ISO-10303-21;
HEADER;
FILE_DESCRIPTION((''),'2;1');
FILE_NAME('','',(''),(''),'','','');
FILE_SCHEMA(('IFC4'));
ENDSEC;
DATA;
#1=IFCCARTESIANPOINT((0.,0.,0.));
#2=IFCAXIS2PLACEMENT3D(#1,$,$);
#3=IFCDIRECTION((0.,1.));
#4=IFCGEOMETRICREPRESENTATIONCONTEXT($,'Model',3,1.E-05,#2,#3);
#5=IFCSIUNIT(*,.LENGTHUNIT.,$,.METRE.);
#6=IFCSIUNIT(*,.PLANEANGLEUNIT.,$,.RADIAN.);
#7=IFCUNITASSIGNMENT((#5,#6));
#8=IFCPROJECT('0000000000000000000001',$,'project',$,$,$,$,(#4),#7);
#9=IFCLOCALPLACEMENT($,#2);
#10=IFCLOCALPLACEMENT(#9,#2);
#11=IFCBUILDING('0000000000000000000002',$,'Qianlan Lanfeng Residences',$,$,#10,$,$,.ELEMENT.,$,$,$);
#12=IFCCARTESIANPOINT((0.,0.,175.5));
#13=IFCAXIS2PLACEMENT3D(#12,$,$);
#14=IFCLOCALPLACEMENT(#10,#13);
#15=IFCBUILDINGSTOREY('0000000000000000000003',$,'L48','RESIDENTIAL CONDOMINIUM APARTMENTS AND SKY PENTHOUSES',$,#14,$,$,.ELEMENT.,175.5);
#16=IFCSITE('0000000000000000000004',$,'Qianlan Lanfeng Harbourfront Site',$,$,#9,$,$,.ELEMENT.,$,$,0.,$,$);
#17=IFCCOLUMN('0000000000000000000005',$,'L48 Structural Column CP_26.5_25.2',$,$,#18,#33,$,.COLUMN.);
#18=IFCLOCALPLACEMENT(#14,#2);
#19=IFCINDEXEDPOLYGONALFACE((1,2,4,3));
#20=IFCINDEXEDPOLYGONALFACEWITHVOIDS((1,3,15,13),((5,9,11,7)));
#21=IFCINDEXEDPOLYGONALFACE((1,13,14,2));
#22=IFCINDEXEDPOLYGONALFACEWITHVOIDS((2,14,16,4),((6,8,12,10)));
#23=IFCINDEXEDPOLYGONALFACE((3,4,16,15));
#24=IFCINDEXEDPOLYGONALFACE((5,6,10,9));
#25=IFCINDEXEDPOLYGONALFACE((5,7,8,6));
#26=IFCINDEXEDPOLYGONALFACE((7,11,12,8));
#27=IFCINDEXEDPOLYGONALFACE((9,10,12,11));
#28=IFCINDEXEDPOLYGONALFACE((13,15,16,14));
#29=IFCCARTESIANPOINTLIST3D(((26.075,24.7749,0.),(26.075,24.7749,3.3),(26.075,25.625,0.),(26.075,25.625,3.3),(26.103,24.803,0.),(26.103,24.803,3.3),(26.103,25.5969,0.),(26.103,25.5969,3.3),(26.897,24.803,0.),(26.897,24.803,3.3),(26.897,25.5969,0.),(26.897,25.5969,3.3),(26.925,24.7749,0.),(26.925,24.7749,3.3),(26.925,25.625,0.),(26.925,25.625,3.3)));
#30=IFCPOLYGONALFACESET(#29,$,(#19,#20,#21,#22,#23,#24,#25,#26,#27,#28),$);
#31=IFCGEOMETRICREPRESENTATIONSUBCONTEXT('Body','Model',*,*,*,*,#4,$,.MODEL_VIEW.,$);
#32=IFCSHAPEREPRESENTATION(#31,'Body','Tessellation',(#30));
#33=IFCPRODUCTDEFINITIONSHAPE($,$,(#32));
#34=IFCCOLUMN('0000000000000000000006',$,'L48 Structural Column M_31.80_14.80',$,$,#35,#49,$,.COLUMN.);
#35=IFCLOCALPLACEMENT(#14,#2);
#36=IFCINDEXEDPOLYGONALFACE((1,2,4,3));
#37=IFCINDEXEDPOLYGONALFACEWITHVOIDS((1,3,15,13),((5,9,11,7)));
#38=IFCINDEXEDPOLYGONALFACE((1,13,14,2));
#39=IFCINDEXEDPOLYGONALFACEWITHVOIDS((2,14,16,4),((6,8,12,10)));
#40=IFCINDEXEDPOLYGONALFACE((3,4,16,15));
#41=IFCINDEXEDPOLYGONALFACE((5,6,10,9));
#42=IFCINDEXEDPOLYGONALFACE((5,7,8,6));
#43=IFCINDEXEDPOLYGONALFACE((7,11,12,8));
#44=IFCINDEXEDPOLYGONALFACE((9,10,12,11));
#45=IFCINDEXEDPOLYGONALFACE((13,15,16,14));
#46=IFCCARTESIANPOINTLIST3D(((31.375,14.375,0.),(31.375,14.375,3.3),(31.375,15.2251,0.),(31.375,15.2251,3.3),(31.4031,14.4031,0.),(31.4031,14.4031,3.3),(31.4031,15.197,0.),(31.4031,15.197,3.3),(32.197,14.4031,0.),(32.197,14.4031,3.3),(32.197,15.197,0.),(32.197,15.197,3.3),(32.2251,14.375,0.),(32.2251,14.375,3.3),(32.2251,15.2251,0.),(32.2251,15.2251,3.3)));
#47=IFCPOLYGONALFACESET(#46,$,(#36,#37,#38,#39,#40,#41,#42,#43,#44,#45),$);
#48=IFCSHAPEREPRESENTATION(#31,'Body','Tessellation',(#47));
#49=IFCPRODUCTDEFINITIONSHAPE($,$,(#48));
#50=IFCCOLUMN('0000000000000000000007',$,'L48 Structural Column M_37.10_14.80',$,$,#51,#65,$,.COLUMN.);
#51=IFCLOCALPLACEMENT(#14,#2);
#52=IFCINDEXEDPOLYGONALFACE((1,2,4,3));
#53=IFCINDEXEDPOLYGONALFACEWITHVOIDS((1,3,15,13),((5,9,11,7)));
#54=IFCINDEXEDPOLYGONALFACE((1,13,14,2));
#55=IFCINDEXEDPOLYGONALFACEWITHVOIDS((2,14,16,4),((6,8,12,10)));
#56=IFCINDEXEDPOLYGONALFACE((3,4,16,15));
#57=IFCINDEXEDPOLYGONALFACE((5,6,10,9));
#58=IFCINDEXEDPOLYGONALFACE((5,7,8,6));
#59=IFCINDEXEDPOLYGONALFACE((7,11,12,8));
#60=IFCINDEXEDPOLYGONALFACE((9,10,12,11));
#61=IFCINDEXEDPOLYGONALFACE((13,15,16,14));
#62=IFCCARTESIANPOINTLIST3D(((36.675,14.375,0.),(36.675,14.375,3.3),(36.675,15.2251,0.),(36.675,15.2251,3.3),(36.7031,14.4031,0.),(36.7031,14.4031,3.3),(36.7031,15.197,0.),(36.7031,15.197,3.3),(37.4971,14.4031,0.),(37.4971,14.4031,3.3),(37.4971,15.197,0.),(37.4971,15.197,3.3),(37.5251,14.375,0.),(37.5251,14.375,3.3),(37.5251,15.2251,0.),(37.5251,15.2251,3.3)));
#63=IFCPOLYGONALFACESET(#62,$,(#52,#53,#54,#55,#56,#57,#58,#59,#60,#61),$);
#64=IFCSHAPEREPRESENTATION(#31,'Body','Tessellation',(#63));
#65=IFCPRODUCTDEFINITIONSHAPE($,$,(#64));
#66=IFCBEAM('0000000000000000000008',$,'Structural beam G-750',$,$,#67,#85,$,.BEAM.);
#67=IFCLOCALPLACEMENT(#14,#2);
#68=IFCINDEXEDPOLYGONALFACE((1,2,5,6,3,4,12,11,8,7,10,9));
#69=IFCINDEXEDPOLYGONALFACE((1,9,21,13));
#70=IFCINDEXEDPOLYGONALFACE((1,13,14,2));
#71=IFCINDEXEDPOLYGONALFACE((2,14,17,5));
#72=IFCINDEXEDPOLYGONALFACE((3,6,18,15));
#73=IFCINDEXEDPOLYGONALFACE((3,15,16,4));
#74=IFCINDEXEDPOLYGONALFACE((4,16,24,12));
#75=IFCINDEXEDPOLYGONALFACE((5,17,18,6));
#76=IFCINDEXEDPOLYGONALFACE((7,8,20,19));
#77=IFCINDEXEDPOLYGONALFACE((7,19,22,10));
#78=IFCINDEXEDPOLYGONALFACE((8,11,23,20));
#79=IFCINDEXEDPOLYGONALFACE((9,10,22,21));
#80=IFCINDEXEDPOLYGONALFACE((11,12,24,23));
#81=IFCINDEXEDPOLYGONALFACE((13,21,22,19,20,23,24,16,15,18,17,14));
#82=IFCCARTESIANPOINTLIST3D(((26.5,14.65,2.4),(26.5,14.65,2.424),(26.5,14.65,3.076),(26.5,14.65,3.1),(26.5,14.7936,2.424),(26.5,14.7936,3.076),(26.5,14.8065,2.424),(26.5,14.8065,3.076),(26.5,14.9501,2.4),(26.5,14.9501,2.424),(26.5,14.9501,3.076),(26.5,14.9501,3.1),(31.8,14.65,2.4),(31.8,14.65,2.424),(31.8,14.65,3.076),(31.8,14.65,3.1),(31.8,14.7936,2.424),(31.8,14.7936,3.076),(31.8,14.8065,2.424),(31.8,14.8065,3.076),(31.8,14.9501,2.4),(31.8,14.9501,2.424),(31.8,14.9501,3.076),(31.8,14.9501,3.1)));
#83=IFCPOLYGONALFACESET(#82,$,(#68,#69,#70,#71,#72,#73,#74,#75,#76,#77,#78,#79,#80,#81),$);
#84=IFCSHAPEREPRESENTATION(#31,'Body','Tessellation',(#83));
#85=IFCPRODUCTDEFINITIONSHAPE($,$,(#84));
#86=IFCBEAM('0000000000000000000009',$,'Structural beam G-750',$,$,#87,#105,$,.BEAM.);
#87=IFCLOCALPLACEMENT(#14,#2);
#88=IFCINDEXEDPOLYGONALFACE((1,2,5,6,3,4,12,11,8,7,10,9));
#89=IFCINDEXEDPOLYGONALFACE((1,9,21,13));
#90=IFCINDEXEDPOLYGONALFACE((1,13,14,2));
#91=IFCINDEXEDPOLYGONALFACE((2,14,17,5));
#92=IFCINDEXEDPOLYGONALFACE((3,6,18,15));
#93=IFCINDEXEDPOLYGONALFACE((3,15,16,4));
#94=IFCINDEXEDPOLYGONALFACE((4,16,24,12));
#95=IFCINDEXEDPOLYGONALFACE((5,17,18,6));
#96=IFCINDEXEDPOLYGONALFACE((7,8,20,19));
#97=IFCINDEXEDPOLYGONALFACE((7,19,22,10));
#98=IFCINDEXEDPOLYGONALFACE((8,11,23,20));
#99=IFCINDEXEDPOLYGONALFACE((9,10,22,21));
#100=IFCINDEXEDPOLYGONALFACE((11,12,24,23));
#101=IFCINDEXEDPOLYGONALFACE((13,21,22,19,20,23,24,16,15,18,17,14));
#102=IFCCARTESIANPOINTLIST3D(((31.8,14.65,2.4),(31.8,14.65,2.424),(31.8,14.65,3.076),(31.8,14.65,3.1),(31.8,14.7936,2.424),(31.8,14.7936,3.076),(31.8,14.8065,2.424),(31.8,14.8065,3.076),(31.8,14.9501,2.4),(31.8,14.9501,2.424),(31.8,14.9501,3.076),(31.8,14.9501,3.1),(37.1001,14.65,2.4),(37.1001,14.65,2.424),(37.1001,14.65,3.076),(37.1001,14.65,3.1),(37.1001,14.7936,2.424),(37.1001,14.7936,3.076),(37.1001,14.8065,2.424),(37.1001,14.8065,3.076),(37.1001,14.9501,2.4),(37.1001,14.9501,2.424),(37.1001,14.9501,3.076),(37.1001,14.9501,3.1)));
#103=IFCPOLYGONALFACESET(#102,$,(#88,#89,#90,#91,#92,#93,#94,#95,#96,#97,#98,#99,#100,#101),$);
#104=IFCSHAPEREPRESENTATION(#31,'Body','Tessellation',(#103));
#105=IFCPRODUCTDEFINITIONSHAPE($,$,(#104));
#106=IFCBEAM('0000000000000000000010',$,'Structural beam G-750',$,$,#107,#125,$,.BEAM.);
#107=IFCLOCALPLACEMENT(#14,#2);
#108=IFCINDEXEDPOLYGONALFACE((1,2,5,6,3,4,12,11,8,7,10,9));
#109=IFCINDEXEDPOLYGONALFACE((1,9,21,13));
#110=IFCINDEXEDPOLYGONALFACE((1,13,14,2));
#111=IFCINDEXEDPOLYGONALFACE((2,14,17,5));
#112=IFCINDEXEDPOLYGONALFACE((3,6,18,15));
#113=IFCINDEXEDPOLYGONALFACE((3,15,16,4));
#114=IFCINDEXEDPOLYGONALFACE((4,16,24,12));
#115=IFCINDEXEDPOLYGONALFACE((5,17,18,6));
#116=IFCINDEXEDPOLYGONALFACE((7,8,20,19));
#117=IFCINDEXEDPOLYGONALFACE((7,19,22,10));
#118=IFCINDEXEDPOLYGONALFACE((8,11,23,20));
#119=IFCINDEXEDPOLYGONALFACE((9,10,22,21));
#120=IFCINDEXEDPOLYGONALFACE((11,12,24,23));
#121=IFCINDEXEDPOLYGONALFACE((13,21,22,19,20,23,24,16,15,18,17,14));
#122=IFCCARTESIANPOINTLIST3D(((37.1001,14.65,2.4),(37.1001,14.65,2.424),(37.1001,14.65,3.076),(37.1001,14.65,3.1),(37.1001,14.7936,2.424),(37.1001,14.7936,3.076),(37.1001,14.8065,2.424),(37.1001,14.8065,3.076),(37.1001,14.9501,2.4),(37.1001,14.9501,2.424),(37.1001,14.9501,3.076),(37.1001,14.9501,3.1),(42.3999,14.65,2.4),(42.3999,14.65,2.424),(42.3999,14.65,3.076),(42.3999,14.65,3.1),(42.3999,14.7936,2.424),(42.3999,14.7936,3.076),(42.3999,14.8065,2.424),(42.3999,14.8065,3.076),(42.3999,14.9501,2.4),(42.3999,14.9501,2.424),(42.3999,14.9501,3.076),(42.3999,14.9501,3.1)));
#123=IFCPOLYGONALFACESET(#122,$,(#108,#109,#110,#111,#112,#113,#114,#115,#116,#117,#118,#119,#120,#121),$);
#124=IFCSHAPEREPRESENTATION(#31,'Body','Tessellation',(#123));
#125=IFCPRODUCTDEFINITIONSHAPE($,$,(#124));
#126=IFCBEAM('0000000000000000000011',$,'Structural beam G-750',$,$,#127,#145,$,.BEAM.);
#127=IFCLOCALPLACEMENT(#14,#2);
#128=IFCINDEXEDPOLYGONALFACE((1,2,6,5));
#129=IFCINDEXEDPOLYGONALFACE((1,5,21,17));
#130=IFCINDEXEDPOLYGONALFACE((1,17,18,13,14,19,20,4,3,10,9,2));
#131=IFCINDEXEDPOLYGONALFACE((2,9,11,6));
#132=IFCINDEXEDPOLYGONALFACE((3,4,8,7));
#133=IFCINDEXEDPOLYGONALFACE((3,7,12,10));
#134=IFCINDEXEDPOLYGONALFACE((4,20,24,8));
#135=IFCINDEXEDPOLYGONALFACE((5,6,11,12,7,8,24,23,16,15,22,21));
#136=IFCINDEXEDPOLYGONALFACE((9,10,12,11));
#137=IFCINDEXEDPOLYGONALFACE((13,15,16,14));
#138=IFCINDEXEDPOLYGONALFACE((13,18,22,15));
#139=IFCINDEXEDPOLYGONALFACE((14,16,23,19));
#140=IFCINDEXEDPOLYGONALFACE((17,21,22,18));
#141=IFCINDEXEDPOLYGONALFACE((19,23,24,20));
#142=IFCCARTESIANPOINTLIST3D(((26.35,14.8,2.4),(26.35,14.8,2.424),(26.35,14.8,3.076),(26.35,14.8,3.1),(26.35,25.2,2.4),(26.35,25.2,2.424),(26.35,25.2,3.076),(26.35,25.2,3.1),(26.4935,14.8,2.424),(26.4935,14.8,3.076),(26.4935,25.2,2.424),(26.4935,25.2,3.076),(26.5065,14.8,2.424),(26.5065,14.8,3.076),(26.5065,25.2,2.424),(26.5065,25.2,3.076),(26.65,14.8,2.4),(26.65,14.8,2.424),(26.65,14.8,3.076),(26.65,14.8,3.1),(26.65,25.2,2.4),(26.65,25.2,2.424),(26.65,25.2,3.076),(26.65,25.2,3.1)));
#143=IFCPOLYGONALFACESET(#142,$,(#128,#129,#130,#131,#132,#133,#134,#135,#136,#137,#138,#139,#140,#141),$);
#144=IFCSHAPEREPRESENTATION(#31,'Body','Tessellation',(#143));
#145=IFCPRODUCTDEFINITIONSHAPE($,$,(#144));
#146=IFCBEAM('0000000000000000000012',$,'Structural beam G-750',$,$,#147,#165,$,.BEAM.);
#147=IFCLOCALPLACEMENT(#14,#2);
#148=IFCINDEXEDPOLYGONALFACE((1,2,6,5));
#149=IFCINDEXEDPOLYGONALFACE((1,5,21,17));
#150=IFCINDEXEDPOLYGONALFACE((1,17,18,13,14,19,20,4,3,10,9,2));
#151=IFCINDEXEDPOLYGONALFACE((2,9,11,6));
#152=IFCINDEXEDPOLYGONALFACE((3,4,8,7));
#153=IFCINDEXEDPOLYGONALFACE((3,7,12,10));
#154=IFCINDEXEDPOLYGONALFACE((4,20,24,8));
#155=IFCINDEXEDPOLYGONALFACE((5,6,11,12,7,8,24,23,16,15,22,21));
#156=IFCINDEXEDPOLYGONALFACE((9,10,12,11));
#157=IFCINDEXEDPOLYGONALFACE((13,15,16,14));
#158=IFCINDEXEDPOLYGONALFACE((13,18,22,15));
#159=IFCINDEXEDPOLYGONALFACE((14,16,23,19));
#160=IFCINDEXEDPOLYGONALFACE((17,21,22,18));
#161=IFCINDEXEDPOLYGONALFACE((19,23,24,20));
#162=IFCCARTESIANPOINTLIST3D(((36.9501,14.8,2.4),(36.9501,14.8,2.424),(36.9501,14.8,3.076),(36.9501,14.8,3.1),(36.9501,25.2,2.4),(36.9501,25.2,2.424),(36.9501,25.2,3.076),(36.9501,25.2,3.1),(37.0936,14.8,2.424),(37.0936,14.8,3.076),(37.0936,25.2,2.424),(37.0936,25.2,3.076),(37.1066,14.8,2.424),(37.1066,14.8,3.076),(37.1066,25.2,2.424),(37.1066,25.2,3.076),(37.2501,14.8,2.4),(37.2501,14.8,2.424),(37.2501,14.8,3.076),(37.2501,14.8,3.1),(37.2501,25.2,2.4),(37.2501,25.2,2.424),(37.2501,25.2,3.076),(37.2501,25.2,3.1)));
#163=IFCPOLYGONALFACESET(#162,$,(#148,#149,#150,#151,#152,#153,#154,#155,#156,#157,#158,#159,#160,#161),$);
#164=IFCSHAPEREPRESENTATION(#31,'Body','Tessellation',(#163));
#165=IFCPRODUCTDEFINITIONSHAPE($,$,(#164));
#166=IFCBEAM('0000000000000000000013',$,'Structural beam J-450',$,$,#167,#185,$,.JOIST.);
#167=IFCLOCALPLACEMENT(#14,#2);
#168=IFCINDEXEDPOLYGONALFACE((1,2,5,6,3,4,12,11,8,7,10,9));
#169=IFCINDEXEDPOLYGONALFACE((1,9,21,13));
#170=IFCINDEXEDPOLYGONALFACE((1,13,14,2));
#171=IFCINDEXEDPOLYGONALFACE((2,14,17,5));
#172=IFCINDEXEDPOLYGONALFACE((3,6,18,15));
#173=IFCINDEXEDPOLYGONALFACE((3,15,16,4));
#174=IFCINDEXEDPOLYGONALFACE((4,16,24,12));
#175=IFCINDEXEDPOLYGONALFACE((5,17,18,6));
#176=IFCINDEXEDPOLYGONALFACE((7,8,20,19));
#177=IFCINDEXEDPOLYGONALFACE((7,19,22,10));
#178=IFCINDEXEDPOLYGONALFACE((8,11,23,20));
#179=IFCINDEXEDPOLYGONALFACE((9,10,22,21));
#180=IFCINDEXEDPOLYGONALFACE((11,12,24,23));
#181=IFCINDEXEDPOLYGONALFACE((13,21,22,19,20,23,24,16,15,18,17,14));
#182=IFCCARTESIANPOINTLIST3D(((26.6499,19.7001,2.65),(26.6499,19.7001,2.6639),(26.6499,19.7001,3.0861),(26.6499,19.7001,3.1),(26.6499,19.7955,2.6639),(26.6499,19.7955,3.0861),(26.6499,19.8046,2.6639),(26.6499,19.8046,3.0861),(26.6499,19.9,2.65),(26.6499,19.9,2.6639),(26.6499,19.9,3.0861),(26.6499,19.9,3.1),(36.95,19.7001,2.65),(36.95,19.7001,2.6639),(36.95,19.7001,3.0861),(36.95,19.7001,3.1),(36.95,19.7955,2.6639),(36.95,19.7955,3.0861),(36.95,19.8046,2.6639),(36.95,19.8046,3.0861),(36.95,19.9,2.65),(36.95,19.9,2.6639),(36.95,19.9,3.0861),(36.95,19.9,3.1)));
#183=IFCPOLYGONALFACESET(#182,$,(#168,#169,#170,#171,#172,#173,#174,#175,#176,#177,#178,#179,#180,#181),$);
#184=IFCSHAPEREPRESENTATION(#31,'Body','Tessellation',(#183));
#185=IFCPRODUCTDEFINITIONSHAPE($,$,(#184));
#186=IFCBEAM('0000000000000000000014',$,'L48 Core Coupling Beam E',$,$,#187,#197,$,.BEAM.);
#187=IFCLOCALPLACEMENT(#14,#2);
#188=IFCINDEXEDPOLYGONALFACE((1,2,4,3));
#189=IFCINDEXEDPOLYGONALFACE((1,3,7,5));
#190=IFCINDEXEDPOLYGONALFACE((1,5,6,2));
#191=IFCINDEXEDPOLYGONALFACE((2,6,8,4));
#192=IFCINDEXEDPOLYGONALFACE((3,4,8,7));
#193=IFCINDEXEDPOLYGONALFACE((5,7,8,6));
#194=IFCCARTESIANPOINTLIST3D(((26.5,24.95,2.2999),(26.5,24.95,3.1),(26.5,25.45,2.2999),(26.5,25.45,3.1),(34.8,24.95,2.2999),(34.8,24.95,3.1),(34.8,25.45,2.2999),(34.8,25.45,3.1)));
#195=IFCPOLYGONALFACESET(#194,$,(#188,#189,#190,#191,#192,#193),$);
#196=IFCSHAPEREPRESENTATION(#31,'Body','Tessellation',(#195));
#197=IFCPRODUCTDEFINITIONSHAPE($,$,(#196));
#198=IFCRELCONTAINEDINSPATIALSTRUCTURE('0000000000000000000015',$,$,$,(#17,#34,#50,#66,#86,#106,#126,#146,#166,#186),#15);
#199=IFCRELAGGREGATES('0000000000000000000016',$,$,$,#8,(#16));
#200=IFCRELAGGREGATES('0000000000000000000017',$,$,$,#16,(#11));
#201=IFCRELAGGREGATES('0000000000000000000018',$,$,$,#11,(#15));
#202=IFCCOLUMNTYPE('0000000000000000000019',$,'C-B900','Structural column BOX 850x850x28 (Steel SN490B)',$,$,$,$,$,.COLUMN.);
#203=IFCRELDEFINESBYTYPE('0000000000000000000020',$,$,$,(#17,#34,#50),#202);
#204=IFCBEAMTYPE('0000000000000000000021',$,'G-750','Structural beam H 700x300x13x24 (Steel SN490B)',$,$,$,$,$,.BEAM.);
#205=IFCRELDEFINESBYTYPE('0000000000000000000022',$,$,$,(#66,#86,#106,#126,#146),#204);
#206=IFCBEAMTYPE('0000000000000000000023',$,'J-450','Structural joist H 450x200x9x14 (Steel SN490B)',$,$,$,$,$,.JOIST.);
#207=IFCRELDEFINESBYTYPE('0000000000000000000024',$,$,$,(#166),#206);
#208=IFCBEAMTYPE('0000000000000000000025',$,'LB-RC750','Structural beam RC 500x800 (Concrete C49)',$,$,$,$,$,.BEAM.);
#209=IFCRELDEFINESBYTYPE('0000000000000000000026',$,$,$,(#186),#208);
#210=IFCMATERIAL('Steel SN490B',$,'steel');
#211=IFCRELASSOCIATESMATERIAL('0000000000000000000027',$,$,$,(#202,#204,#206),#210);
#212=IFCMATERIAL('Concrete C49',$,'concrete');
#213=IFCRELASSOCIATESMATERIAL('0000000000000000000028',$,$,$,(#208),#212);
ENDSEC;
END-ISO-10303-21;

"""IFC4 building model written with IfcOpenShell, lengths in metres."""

from ifc_helpers import new_model, si_unit, direction, frame, origin, origin_2d, place, context, subcontext, project, spatial, rectangle, hollow_rectangle, i_section, extrude, material, material_profile, profile_set, type_object, element, save


model = new_model("IFC4")

# Units and contexts
model_context = context("Model", 3, precision=1e-05, world=origin(), true_north=direction((0.0, 1.0)))
body_context = subcontext(model_context, "Body", "Model", "MODEL_VIEW")
ifc_project = project(units=[si_unit("LENGTHUNIT", "METRE"), si_unit("PLANEANGLEUNIT", "RADIAN")], contexts=[model_context])

# Site, building, storey
site_placement = place(None, origin())
site = spatial("IfcSite", under=ifc_project, at=site_placement, Name="Qianlan Lanfeng Harbourfront Site", CompositionType="ELEMENT", RefElevation=0.0)
building_placement = place(site_placement, origin())
building = spatial("IfcBuilding", under=site, at=building_placement, Name="Qianlan Lanfeng Residences", CompositionType="ELEMENT")
storey_placement = place(building_placement, frame((0.0, 0.0, 175.5)))
storey = spatial("IfcBuildingStorey", under=building, at=storey_placement, Name="L48", Description="RESIDENTIAL CONDOMINIUM APARTMENTS AND SKY PENTHOUSES", CompositionType="ELEMENT", Elevation=175.5)

# Columns
ifc_material_1 = material(Name="Steel SN490B", Category="steel")
ifc_material_profile_1 = material_profile(ifc_material_1, hollow_rectangle(XDim=0.8501, YDim=0.8501, WallThickness=0.0281, at=origin_2d()), Name="BOX 850x850x28")
ifc_profile_set_1 = profile_set([ifc_material_profile_1], Name="Steel SN490B")
column_type = type_object("IfcColumnType", Name="C-B900", Description="Structural column BOX 850x850x28 (Steel SN490B)", PredefinedType="COLUMN", material=ifc_profile_set_1)
for number, where, z_axis, x_axis, name in (
    (1, (26.5, 25.2, 0.0), (0.0, 0.0, 1.0), (1.0, 0.0, 0.0), "L48 Structural Column CP_26.5_25.2"),
    (2, (31.8, 14.8, 0.0), (0.0, 0.0, 1.0), (1.0, 0.0, 0.0), "L48 Structural Column M_31.80_14.80"),
    (3, (37.1001, 14.8, 0.0), (0.0, 0.0, 1.0), (1.0, 0.0, 0.0), "L48 Structural Column M_37.10_14.80"),
):
    element("IfcColumn", number, at=place(storey_placement, frame(where, z_axis=z_axis, x_axis=x_axis)), inside=storey, type_object=column_type, Name=name, PredefinedType="COLUMN", context=body_context, shape_type="SweptSolid", body=[
        extrude(hollow_rectangle(XDim=0.8501, YDim=0.8501, WallThickness=0.0281, at=origin_2d()), origin(), (0.0, 0.0, 1.0), 3.3),
    ])

# Beams
ifc_material_profile_2 = material_profile(ifc_material_1, i_section(OverallWidth=0.3, OverallDepth=0.7, WebThickness=0.0129, FlangeThickness=0.0239, at=origin_2d()), Name="H 700x300x13x24")
ifc_profile_set_2 = profile_set([ifc_material_profile_2], Name="Steel SN490B")
beam_type_1 = type_object("IfcBeamType", Name="G-750", Description="Structural beam H 700x300x13x24 (Steel SN490B)", PredefinedType="BEAM", material=ifc_profile_set_2)
for number, where, z_axis, x_axis, name in (
    (4, (26.5, 14.8, 2.75), (1.0, 0.0, 0.0), (0.0, 1.0, 0.0), "Structural beam G-750"),
    (5, (31.8, 14.8, 2.75), (1.0, 0.0, 0.0), (0.0, 1.0, 0.0), "Structural beam G-750"),
):
    element("IfcBeam", number, at=place(storey_placement, frame(where, z_axis=z_axis, x_axis=x_axis)), inside=storey, type_object=beam_type_1, Name=name, PredefinedType="BEAM", context=body_context, shape_type="SweptSolid", body=[
        extrude(i_section(OverallWidth=0.3, OverallDepth=0.7, WebThickness=0.0129, FlangeThickness=0.0239, at=origin_2d()), origin(), (0.0, 0.0, 1.0), 5.3),
    ])
beam_1_placement = place(storey_placement, frame((37.1001, 14.8, 2.75), z_axis=(1.0, 0.0, 0.0), x_axis=(0.0, 1.0, 0.0)))
element("IfcBeam", 6, at=beam_1_placement, inside=storey, type_object=beam_type_1, Name="Structural beam G-750", PredefinedType="BEAM", context=body_context, shape_type="SweptSolid", body=[
    extrude(i_section(OverallWidth=0.3, OverallDepth=0.7, WebThickness=0.0129, FlangeThickness=0.0239, at=origin_2d()), origin(), (0.0, 0.0, 1.0), 5.2998),
])
for number, where, z_axis, x_axis, name in (
    (7, (26.5, 14.8, 2.75), (0.0, 1.0, 0.0), (-1.0, 0.0, 0.0), "Structural beam G-750"),
    (8, (37.1001, 14.8, 2.75), (0.0, 1.0, 0.0), (-1.0, 0.0, 0.0), "Structural beam G-750"),
):
    element("IfcBeam", number, at=place(storey_placement, frame(where, z_axis=z_axis, x_axis=x_axis)), inside=storey, type_object=beam_type_1, Name=name, PredefinedType="BEAM", context=body_context, shape_type="SweptSolid", body=[
        extrude(i_section(OverallWidth=0.3, OverallDepth=0.7, WebThickness=0.0129, FlangeThickness=0.0239, at=origin_2d()), origin(), (0.0, 0.0, 1.0), 10.3999),
    ])
ifc_material_profile_3 = material_profile(ifc_material_1, i_section(OverallWidth=0.2, OverallDepth=0.45, WebThickness=0.009, FlangeThickness=0.0139, at=origin_2d()), Name="H 450x200x9x14")
ifc_profile_set_3 = profile_set([ifc_material_profile_3], Name="Steel SN490B")
beam_type_2 = type_object("IfcBeamType", Name="J-450", Description="Structural joist H 450x200x9x14 (Steel SN490B)", PredefinedType="JOIST", material=ifc_profile_set_3)
beam_2_placement = place(storey_placement, frame((26.6499, 19.8, 2.875), z_axis=(1.0, 0.0, 0.0), x_axis=(0.0, 1.0, 0.0)))
element("IfcBeam", 9, at=beam_2_placement, inside=storey, type_object=beam_type_2, Name="Structural beam J-450", PredefinedType="JOIST", context=body_context, shape_type="SweptSolid", body=[
    extrude(i_section(OverallWidth=0.2, OverallDepth=0.45, WebThickness=0.009, FlangeThickness=0.0139, at=origin_2d()), origin(), (0.0, 0.0, 1.0), 10.3),
])
ifc_material_2 = material(Name="Concrete C49", Category="concrete")
ifc_material_profile_4 = material_profile(ifc_material_2, rectangle(XDim=0.5, YDim=0.8, at=origin_2d()), Name="RC 500x800")
ifc_profile_set_4 = profile_set([ifc_material_profile_4], Name="Concrete C49")
beam_type_3 = type_object("IfcBeamType", Name="LB-RC750", Description="Structural beam RC 500x800 (Concrete C49)", PredefinedType="BEAM", material=ifc_profile_set_4)
beam_3_placement = place(storey_placement, frame((26.5, 25.2, 2.7), z_axis=(1.0, 0.0, 0.0), x_axis=(0.0, 1.0, 0.0)))
element("IfcBeam", 10, at=beam_3_placement, inside=storey, type_object=beam_type_3, Name="L48 Core Coupling Beam E", PredefinedType="BEAM", context=body_context, shape_type="SweptSolid", body=[
    extrude(rectangle(XDim=0.5, YDim=0.8, at=origin_2d()), origin(), (0.0, 0.0, 1.0), 8.3),
])

save(model, "model.ifc")
